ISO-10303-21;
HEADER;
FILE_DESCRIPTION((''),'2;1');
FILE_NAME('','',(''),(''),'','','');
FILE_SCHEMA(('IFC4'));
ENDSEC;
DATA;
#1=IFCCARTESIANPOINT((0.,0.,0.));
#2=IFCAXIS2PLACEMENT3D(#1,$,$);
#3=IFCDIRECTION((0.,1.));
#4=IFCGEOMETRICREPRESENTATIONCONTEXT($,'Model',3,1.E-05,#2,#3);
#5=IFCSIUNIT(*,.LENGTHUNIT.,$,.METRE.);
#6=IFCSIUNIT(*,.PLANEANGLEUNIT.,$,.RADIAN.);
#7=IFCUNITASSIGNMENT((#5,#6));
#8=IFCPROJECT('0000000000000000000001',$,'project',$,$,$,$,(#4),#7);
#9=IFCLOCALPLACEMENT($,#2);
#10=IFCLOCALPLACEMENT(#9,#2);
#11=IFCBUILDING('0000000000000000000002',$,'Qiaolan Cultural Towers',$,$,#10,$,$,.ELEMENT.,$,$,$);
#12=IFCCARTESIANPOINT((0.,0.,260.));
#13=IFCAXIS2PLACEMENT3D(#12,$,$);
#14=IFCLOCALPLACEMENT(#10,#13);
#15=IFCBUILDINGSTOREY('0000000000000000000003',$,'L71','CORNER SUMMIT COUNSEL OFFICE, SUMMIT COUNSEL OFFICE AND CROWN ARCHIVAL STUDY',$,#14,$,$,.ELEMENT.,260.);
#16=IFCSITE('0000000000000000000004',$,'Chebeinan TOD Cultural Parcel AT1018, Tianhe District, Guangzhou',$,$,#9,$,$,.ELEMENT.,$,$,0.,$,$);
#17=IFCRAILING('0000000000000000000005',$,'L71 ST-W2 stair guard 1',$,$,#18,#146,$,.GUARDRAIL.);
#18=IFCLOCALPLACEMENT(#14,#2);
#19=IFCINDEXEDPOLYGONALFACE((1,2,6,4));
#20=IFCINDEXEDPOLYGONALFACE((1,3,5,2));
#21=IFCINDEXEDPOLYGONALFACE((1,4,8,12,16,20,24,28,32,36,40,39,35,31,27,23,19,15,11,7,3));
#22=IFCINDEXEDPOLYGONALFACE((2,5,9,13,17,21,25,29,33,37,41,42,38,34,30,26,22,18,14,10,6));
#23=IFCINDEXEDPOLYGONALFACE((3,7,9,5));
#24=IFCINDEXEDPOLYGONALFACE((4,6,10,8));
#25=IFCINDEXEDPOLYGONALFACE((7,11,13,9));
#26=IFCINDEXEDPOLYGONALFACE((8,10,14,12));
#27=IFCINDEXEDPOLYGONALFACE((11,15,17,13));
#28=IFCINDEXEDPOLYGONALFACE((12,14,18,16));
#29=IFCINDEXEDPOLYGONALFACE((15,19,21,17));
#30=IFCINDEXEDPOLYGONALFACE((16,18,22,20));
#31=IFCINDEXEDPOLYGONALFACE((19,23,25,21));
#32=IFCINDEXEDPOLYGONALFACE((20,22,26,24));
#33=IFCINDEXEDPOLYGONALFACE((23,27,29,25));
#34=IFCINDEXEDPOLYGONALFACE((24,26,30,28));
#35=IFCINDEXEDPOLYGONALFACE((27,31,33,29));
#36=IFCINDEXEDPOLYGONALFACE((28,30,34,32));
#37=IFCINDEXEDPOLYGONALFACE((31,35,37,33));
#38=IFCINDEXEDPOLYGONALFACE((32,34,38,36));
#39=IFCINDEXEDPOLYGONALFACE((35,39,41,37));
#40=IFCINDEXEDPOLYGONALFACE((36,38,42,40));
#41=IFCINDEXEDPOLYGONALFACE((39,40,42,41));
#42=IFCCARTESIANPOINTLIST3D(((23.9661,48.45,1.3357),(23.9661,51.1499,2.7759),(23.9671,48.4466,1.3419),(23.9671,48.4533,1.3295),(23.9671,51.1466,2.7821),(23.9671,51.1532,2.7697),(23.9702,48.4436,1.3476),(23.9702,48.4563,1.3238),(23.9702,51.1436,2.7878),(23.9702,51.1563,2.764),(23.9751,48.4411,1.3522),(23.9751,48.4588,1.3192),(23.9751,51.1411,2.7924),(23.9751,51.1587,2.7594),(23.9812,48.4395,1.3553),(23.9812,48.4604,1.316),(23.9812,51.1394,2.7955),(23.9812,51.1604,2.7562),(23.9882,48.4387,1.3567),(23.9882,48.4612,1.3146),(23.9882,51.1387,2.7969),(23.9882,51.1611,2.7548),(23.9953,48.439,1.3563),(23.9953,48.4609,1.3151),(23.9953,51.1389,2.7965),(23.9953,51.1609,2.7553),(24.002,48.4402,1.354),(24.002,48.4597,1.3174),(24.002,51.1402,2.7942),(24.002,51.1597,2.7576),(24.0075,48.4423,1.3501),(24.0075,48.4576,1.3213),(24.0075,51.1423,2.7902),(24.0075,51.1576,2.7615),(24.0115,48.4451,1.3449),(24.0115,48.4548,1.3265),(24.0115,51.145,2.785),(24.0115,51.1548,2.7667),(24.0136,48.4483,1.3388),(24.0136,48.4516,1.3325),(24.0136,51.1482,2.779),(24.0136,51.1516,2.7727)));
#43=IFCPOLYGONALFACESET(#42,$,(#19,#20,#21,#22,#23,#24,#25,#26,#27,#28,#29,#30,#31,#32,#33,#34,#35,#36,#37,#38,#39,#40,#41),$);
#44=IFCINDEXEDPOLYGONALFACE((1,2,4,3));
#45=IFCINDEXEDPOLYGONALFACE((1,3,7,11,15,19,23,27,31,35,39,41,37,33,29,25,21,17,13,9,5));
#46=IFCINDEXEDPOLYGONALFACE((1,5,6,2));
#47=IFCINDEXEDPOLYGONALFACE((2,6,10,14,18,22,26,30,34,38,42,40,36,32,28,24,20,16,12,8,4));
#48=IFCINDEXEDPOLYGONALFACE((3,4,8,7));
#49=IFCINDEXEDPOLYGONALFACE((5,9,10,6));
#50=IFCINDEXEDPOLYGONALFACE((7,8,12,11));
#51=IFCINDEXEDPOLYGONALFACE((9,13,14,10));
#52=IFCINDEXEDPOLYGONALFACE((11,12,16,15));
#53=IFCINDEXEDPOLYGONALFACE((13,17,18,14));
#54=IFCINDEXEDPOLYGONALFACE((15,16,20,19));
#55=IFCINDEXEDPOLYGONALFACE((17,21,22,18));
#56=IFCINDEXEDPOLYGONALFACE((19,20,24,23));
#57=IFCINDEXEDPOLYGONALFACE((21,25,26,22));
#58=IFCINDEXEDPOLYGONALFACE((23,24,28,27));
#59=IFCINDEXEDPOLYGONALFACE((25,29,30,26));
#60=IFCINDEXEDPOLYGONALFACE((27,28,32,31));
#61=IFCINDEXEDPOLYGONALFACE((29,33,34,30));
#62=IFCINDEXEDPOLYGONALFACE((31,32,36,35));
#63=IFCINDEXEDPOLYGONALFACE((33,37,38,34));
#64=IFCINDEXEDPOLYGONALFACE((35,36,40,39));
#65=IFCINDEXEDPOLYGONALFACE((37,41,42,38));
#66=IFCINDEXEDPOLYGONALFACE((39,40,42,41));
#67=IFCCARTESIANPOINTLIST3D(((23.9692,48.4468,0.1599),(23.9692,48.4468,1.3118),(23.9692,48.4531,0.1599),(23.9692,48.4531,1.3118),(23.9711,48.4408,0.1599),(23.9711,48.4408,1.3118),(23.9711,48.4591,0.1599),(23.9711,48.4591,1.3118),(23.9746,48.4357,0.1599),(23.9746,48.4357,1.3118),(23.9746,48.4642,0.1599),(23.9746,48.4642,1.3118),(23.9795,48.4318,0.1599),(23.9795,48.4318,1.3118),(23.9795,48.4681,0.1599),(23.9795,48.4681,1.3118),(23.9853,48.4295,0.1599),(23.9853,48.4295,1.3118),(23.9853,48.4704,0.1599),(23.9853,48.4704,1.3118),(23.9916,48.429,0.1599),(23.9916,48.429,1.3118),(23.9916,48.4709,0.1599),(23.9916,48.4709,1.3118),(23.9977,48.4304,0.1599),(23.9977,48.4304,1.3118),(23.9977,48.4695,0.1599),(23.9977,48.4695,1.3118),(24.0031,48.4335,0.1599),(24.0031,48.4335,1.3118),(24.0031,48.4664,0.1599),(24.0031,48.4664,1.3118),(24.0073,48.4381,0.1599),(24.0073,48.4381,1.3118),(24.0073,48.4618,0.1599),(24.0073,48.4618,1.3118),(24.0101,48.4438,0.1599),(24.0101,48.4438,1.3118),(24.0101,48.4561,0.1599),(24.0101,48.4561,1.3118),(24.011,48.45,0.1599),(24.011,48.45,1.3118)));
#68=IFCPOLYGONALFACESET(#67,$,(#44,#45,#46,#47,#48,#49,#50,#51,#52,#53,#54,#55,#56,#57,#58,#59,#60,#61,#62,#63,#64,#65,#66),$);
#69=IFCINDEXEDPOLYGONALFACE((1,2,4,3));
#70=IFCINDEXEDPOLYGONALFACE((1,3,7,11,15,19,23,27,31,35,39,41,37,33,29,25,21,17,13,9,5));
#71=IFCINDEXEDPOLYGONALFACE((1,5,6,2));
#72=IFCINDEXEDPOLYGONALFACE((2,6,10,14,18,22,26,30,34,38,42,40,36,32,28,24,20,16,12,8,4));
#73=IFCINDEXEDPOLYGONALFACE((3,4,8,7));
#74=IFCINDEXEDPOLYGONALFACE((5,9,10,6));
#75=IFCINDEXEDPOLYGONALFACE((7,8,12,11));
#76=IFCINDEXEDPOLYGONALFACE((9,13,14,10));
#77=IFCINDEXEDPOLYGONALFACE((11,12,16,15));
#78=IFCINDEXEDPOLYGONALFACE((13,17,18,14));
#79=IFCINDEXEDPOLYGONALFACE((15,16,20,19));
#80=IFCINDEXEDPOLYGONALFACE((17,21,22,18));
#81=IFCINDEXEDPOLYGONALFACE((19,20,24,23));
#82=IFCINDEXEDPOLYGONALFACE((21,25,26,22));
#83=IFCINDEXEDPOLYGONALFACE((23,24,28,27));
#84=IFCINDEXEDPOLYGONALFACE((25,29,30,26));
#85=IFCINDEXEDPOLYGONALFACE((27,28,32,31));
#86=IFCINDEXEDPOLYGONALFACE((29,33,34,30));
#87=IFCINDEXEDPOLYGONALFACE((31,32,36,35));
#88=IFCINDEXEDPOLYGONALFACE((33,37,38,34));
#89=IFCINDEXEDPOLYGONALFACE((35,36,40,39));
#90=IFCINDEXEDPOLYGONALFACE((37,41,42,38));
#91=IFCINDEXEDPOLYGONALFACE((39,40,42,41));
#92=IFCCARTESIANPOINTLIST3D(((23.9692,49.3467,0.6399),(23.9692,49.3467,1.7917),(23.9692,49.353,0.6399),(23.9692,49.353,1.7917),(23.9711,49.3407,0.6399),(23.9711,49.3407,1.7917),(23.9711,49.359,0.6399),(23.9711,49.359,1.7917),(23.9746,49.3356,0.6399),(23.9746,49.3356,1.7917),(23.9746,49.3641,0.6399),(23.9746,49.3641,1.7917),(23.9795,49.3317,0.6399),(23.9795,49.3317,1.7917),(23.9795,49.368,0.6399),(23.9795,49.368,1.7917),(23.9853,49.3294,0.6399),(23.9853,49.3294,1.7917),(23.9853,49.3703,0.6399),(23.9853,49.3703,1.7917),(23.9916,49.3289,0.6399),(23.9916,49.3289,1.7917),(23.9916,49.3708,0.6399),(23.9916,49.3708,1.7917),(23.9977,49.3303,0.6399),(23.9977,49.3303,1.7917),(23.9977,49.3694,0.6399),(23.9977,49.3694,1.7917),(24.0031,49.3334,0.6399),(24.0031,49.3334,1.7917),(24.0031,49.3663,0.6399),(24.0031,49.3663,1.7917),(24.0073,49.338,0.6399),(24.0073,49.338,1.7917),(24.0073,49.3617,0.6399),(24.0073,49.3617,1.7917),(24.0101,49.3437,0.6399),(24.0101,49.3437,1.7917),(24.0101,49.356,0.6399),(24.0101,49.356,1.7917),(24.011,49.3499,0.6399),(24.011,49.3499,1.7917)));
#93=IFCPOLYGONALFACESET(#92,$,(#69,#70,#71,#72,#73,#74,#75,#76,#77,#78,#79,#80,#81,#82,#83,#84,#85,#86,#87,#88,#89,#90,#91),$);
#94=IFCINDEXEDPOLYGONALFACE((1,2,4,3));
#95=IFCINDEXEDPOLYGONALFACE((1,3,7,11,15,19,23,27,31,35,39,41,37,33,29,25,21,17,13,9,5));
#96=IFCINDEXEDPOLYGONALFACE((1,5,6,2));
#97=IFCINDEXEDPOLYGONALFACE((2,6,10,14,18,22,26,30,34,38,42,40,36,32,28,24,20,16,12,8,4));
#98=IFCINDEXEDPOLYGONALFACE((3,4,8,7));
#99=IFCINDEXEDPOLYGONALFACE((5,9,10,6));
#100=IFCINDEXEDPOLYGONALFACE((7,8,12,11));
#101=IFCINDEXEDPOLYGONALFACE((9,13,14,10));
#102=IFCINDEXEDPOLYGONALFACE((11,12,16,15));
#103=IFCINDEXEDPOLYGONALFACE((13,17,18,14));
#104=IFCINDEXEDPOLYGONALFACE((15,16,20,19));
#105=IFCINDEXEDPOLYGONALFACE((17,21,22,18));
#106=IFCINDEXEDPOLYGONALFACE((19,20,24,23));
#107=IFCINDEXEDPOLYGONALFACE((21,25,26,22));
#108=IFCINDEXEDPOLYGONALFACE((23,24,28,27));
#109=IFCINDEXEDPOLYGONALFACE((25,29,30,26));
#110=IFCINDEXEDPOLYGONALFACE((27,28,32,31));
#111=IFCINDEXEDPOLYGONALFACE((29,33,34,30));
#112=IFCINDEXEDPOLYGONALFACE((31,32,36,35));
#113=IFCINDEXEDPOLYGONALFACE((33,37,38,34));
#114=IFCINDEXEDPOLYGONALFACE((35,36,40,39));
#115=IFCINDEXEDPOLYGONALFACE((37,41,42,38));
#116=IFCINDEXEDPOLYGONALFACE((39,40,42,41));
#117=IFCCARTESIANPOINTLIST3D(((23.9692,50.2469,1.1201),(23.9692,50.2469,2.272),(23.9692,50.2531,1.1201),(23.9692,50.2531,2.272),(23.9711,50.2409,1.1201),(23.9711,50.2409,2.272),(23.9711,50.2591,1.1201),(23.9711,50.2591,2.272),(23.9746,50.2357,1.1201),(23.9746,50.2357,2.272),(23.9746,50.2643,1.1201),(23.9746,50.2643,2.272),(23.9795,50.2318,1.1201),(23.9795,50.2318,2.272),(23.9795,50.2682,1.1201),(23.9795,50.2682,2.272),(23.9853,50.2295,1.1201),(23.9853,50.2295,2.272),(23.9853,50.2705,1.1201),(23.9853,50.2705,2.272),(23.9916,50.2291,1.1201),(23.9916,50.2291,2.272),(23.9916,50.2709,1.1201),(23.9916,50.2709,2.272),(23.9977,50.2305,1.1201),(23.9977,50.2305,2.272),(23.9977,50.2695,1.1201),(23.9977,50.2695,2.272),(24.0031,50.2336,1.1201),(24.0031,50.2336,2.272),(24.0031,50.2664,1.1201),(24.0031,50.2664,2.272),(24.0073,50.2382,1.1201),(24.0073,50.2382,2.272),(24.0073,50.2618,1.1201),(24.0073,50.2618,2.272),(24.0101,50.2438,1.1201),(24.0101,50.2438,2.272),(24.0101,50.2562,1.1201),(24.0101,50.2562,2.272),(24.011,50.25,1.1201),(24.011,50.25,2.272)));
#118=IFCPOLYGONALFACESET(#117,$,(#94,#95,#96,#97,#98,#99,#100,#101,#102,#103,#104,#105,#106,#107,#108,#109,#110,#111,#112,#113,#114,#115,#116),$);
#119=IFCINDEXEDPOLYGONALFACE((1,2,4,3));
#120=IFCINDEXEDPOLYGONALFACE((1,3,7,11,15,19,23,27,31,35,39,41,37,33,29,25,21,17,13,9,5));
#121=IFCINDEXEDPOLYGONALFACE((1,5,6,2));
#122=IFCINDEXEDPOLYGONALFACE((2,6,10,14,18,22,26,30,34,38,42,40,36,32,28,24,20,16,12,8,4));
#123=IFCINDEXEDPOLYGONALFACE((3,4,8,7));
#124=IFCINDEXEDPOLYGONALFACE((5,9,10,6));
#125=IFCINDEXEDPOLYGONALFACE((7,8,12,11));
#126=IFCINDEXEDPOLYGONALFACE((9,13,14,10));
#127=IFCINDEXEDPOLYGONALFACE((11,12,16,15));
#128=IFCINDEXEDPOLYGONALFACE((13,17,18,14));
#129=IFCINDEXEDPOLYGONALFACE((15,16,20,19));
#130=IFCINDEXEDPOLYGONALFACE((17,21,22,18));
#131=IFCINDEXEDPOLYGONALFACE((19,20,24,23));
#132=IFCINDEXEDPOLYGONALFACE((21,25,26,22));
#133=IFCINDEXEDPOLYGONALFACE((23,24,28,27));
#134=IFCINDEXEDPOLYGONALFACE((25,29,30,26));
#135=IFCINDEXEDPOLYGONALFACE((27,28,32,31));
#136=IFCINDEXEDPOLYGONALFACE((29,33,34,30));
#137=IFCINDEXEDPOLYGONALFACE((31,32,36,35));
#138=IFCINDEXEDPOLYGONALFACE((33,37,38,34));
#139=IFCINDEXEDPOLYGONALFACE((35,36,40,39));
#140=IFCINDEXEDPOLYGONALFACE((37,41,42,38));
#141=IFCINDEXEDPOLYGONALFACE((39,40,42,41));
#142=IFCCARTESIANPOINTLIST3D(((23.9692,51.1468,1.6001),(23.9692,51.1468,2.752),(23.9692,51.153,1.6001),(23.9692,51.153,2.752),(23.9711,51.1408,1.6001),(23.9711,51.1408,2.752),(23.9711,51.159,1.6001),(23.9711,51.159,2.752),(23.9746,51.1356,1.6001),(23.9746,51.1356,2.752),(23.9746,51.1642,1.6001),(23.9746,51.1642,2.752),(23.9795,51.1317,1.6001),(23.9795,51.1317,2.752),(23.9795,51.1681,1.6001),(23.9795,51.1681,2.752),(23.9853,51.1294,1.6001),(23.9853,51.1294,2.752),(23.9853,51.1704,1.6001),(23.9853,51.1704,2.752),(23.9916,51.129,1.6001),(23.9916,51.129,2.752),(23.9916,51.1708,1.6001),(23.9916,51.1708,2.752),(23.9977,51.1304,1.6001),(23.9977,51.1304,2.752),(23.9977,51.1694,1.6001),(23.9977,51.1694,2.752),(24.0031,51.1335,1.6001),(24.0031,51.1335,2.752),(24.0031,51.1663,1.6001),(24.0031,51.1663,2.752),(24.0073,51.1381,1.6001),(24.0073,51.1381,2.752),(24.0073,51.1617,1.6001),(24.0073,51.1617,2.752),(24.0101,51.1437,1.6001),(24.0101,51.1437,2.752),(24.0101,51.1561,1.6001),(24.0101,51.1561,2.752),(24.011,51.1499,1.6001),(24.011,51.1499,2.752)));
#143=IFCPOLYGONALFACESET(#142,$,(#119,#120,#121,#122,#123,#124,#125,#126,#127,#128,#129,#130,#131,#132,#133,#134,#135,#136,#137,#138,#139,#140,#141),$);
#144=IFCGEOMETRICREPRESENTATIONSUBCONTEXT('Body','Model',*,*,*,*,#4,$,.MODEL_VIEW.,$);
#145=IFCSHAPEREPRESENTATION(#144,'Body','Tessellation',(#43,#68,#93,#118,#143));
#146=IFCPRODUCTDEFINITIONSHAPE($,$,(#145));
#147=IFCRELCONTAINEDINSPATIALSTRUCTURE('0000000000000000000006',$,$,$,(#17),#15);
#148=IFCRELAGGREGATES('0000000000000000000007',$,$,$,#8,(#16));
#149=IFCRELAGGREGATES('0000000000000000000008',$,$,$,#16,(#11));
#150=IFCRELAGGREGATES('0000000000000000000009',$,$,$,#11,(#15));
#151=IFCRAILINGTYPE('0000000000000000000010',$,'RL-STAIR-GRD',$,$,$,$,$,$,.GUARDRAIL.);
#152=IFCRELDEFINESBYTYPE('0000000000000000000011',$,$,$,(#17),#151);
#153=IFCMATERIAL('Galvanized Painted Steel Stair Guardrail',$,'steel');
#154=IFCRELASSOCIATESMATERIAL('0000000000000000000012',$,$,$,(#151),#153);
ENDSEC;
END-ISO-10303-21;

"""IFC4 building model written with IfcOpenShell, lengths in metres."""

from ifc_helpers import new_model, si_unit, direction, frame, origin, origin_2d, place, context, subcontext, project, spatial, circle, extrude, material, type_object, element, save


model = new_model("IFC4")

# Units and contexts
model_context = context("Model", 3, precision=1e-05, world=origin(), true_north=direction((0.0, 1.0)))
body_context = subcontext(model_context, "Body", "Model", "MODEL_VIEW")
ifc_project = project(units=[si_unit("LENGTHUNIT", "METRE"), si_unit("PLANEANGLEUNIT", "RADIAN")], contexts=[model_context])

# Site, building, storey
site_placement = place(None, origin())
site = spatial("IfcSite", under=ifc_project, at=site_placement, Name="Chebeinan TOD Cultural Parcel AT1018, Tianhe District, Guangzhou", CompositionType="ELEMENT", RefElevation=0.0)
building_placement = place(site_placement, origin())
building = spatial("IfcBuilding", under=site, at=building_placement, Name="Qiaolan Cultural Towers", CompositionType="ELEMENT")
storey_placement = place(building_placement, frame((0.0, 0.0, 260.0)))
storey = spatial("IfcBuildingStorey", under=building, at=storey_placement, Name="L71", Description="CORNER SUMMIT COUNSEL OFFICE, SUMMIT COUNSEL OFFICE AND CROWN ARCHIVAL STUDY", CompositionType="ELEMENT", Elevation=260.0)

# Railing
ifc_material_1 = material(Name="Galvanized Painted Steel Stair Guardrail", Category="steel")
railing_type_1 = type_object("IfcRailingType", Name="RL-STAIR-GRD", PredefinedType="GUARDRAIL", material=ifc_material_1)
railing_1_placement = place(storey_placement, frame((23.99, 48.45, 0.1599)))
element("IfcRailing", 1, at=railing_1_placement, inside=storey, type_object=railing_type_1, Name="L71 ST-W2 stair guard 1", PredefinedType="GUARDRAIL", context=body_context, shape_type="SweptSolid", body=[
    extrude(circle(Radius=0.0239, at=origin_2d()), frame((0.0, 0.0, 1.1758), z_axis=(0.0, 0.882324, 0.470642), x_axis=(-1.0, 0.0, 0.0)), (0.0, 0.0, 1.0), 3.0601),
    extrude(circle(Radius=0.021, at=origin_2d()), origin(), (0.0, 0.0, 1.0), 1.1519),
    extrude(circle(Radius=0.021, at=origin_2d()), frame((0.0, 0.8999, 0.48)), (0.0, 0.0, 1.0), 1.1519),
    extrude(circle(Radius=0.021, at=origin_2d()), frame((0.0, 1.8, 0.9602)), (0.0, 0.0, 1.0), 1.1519),
    extrude(circle(Radius=0.021, at=origin_2d()), frame((0.0, 2.7, 1.4402)), (0.0, 0.0, 1.0), 1.1519),
])

save(model, "model.ifc")
